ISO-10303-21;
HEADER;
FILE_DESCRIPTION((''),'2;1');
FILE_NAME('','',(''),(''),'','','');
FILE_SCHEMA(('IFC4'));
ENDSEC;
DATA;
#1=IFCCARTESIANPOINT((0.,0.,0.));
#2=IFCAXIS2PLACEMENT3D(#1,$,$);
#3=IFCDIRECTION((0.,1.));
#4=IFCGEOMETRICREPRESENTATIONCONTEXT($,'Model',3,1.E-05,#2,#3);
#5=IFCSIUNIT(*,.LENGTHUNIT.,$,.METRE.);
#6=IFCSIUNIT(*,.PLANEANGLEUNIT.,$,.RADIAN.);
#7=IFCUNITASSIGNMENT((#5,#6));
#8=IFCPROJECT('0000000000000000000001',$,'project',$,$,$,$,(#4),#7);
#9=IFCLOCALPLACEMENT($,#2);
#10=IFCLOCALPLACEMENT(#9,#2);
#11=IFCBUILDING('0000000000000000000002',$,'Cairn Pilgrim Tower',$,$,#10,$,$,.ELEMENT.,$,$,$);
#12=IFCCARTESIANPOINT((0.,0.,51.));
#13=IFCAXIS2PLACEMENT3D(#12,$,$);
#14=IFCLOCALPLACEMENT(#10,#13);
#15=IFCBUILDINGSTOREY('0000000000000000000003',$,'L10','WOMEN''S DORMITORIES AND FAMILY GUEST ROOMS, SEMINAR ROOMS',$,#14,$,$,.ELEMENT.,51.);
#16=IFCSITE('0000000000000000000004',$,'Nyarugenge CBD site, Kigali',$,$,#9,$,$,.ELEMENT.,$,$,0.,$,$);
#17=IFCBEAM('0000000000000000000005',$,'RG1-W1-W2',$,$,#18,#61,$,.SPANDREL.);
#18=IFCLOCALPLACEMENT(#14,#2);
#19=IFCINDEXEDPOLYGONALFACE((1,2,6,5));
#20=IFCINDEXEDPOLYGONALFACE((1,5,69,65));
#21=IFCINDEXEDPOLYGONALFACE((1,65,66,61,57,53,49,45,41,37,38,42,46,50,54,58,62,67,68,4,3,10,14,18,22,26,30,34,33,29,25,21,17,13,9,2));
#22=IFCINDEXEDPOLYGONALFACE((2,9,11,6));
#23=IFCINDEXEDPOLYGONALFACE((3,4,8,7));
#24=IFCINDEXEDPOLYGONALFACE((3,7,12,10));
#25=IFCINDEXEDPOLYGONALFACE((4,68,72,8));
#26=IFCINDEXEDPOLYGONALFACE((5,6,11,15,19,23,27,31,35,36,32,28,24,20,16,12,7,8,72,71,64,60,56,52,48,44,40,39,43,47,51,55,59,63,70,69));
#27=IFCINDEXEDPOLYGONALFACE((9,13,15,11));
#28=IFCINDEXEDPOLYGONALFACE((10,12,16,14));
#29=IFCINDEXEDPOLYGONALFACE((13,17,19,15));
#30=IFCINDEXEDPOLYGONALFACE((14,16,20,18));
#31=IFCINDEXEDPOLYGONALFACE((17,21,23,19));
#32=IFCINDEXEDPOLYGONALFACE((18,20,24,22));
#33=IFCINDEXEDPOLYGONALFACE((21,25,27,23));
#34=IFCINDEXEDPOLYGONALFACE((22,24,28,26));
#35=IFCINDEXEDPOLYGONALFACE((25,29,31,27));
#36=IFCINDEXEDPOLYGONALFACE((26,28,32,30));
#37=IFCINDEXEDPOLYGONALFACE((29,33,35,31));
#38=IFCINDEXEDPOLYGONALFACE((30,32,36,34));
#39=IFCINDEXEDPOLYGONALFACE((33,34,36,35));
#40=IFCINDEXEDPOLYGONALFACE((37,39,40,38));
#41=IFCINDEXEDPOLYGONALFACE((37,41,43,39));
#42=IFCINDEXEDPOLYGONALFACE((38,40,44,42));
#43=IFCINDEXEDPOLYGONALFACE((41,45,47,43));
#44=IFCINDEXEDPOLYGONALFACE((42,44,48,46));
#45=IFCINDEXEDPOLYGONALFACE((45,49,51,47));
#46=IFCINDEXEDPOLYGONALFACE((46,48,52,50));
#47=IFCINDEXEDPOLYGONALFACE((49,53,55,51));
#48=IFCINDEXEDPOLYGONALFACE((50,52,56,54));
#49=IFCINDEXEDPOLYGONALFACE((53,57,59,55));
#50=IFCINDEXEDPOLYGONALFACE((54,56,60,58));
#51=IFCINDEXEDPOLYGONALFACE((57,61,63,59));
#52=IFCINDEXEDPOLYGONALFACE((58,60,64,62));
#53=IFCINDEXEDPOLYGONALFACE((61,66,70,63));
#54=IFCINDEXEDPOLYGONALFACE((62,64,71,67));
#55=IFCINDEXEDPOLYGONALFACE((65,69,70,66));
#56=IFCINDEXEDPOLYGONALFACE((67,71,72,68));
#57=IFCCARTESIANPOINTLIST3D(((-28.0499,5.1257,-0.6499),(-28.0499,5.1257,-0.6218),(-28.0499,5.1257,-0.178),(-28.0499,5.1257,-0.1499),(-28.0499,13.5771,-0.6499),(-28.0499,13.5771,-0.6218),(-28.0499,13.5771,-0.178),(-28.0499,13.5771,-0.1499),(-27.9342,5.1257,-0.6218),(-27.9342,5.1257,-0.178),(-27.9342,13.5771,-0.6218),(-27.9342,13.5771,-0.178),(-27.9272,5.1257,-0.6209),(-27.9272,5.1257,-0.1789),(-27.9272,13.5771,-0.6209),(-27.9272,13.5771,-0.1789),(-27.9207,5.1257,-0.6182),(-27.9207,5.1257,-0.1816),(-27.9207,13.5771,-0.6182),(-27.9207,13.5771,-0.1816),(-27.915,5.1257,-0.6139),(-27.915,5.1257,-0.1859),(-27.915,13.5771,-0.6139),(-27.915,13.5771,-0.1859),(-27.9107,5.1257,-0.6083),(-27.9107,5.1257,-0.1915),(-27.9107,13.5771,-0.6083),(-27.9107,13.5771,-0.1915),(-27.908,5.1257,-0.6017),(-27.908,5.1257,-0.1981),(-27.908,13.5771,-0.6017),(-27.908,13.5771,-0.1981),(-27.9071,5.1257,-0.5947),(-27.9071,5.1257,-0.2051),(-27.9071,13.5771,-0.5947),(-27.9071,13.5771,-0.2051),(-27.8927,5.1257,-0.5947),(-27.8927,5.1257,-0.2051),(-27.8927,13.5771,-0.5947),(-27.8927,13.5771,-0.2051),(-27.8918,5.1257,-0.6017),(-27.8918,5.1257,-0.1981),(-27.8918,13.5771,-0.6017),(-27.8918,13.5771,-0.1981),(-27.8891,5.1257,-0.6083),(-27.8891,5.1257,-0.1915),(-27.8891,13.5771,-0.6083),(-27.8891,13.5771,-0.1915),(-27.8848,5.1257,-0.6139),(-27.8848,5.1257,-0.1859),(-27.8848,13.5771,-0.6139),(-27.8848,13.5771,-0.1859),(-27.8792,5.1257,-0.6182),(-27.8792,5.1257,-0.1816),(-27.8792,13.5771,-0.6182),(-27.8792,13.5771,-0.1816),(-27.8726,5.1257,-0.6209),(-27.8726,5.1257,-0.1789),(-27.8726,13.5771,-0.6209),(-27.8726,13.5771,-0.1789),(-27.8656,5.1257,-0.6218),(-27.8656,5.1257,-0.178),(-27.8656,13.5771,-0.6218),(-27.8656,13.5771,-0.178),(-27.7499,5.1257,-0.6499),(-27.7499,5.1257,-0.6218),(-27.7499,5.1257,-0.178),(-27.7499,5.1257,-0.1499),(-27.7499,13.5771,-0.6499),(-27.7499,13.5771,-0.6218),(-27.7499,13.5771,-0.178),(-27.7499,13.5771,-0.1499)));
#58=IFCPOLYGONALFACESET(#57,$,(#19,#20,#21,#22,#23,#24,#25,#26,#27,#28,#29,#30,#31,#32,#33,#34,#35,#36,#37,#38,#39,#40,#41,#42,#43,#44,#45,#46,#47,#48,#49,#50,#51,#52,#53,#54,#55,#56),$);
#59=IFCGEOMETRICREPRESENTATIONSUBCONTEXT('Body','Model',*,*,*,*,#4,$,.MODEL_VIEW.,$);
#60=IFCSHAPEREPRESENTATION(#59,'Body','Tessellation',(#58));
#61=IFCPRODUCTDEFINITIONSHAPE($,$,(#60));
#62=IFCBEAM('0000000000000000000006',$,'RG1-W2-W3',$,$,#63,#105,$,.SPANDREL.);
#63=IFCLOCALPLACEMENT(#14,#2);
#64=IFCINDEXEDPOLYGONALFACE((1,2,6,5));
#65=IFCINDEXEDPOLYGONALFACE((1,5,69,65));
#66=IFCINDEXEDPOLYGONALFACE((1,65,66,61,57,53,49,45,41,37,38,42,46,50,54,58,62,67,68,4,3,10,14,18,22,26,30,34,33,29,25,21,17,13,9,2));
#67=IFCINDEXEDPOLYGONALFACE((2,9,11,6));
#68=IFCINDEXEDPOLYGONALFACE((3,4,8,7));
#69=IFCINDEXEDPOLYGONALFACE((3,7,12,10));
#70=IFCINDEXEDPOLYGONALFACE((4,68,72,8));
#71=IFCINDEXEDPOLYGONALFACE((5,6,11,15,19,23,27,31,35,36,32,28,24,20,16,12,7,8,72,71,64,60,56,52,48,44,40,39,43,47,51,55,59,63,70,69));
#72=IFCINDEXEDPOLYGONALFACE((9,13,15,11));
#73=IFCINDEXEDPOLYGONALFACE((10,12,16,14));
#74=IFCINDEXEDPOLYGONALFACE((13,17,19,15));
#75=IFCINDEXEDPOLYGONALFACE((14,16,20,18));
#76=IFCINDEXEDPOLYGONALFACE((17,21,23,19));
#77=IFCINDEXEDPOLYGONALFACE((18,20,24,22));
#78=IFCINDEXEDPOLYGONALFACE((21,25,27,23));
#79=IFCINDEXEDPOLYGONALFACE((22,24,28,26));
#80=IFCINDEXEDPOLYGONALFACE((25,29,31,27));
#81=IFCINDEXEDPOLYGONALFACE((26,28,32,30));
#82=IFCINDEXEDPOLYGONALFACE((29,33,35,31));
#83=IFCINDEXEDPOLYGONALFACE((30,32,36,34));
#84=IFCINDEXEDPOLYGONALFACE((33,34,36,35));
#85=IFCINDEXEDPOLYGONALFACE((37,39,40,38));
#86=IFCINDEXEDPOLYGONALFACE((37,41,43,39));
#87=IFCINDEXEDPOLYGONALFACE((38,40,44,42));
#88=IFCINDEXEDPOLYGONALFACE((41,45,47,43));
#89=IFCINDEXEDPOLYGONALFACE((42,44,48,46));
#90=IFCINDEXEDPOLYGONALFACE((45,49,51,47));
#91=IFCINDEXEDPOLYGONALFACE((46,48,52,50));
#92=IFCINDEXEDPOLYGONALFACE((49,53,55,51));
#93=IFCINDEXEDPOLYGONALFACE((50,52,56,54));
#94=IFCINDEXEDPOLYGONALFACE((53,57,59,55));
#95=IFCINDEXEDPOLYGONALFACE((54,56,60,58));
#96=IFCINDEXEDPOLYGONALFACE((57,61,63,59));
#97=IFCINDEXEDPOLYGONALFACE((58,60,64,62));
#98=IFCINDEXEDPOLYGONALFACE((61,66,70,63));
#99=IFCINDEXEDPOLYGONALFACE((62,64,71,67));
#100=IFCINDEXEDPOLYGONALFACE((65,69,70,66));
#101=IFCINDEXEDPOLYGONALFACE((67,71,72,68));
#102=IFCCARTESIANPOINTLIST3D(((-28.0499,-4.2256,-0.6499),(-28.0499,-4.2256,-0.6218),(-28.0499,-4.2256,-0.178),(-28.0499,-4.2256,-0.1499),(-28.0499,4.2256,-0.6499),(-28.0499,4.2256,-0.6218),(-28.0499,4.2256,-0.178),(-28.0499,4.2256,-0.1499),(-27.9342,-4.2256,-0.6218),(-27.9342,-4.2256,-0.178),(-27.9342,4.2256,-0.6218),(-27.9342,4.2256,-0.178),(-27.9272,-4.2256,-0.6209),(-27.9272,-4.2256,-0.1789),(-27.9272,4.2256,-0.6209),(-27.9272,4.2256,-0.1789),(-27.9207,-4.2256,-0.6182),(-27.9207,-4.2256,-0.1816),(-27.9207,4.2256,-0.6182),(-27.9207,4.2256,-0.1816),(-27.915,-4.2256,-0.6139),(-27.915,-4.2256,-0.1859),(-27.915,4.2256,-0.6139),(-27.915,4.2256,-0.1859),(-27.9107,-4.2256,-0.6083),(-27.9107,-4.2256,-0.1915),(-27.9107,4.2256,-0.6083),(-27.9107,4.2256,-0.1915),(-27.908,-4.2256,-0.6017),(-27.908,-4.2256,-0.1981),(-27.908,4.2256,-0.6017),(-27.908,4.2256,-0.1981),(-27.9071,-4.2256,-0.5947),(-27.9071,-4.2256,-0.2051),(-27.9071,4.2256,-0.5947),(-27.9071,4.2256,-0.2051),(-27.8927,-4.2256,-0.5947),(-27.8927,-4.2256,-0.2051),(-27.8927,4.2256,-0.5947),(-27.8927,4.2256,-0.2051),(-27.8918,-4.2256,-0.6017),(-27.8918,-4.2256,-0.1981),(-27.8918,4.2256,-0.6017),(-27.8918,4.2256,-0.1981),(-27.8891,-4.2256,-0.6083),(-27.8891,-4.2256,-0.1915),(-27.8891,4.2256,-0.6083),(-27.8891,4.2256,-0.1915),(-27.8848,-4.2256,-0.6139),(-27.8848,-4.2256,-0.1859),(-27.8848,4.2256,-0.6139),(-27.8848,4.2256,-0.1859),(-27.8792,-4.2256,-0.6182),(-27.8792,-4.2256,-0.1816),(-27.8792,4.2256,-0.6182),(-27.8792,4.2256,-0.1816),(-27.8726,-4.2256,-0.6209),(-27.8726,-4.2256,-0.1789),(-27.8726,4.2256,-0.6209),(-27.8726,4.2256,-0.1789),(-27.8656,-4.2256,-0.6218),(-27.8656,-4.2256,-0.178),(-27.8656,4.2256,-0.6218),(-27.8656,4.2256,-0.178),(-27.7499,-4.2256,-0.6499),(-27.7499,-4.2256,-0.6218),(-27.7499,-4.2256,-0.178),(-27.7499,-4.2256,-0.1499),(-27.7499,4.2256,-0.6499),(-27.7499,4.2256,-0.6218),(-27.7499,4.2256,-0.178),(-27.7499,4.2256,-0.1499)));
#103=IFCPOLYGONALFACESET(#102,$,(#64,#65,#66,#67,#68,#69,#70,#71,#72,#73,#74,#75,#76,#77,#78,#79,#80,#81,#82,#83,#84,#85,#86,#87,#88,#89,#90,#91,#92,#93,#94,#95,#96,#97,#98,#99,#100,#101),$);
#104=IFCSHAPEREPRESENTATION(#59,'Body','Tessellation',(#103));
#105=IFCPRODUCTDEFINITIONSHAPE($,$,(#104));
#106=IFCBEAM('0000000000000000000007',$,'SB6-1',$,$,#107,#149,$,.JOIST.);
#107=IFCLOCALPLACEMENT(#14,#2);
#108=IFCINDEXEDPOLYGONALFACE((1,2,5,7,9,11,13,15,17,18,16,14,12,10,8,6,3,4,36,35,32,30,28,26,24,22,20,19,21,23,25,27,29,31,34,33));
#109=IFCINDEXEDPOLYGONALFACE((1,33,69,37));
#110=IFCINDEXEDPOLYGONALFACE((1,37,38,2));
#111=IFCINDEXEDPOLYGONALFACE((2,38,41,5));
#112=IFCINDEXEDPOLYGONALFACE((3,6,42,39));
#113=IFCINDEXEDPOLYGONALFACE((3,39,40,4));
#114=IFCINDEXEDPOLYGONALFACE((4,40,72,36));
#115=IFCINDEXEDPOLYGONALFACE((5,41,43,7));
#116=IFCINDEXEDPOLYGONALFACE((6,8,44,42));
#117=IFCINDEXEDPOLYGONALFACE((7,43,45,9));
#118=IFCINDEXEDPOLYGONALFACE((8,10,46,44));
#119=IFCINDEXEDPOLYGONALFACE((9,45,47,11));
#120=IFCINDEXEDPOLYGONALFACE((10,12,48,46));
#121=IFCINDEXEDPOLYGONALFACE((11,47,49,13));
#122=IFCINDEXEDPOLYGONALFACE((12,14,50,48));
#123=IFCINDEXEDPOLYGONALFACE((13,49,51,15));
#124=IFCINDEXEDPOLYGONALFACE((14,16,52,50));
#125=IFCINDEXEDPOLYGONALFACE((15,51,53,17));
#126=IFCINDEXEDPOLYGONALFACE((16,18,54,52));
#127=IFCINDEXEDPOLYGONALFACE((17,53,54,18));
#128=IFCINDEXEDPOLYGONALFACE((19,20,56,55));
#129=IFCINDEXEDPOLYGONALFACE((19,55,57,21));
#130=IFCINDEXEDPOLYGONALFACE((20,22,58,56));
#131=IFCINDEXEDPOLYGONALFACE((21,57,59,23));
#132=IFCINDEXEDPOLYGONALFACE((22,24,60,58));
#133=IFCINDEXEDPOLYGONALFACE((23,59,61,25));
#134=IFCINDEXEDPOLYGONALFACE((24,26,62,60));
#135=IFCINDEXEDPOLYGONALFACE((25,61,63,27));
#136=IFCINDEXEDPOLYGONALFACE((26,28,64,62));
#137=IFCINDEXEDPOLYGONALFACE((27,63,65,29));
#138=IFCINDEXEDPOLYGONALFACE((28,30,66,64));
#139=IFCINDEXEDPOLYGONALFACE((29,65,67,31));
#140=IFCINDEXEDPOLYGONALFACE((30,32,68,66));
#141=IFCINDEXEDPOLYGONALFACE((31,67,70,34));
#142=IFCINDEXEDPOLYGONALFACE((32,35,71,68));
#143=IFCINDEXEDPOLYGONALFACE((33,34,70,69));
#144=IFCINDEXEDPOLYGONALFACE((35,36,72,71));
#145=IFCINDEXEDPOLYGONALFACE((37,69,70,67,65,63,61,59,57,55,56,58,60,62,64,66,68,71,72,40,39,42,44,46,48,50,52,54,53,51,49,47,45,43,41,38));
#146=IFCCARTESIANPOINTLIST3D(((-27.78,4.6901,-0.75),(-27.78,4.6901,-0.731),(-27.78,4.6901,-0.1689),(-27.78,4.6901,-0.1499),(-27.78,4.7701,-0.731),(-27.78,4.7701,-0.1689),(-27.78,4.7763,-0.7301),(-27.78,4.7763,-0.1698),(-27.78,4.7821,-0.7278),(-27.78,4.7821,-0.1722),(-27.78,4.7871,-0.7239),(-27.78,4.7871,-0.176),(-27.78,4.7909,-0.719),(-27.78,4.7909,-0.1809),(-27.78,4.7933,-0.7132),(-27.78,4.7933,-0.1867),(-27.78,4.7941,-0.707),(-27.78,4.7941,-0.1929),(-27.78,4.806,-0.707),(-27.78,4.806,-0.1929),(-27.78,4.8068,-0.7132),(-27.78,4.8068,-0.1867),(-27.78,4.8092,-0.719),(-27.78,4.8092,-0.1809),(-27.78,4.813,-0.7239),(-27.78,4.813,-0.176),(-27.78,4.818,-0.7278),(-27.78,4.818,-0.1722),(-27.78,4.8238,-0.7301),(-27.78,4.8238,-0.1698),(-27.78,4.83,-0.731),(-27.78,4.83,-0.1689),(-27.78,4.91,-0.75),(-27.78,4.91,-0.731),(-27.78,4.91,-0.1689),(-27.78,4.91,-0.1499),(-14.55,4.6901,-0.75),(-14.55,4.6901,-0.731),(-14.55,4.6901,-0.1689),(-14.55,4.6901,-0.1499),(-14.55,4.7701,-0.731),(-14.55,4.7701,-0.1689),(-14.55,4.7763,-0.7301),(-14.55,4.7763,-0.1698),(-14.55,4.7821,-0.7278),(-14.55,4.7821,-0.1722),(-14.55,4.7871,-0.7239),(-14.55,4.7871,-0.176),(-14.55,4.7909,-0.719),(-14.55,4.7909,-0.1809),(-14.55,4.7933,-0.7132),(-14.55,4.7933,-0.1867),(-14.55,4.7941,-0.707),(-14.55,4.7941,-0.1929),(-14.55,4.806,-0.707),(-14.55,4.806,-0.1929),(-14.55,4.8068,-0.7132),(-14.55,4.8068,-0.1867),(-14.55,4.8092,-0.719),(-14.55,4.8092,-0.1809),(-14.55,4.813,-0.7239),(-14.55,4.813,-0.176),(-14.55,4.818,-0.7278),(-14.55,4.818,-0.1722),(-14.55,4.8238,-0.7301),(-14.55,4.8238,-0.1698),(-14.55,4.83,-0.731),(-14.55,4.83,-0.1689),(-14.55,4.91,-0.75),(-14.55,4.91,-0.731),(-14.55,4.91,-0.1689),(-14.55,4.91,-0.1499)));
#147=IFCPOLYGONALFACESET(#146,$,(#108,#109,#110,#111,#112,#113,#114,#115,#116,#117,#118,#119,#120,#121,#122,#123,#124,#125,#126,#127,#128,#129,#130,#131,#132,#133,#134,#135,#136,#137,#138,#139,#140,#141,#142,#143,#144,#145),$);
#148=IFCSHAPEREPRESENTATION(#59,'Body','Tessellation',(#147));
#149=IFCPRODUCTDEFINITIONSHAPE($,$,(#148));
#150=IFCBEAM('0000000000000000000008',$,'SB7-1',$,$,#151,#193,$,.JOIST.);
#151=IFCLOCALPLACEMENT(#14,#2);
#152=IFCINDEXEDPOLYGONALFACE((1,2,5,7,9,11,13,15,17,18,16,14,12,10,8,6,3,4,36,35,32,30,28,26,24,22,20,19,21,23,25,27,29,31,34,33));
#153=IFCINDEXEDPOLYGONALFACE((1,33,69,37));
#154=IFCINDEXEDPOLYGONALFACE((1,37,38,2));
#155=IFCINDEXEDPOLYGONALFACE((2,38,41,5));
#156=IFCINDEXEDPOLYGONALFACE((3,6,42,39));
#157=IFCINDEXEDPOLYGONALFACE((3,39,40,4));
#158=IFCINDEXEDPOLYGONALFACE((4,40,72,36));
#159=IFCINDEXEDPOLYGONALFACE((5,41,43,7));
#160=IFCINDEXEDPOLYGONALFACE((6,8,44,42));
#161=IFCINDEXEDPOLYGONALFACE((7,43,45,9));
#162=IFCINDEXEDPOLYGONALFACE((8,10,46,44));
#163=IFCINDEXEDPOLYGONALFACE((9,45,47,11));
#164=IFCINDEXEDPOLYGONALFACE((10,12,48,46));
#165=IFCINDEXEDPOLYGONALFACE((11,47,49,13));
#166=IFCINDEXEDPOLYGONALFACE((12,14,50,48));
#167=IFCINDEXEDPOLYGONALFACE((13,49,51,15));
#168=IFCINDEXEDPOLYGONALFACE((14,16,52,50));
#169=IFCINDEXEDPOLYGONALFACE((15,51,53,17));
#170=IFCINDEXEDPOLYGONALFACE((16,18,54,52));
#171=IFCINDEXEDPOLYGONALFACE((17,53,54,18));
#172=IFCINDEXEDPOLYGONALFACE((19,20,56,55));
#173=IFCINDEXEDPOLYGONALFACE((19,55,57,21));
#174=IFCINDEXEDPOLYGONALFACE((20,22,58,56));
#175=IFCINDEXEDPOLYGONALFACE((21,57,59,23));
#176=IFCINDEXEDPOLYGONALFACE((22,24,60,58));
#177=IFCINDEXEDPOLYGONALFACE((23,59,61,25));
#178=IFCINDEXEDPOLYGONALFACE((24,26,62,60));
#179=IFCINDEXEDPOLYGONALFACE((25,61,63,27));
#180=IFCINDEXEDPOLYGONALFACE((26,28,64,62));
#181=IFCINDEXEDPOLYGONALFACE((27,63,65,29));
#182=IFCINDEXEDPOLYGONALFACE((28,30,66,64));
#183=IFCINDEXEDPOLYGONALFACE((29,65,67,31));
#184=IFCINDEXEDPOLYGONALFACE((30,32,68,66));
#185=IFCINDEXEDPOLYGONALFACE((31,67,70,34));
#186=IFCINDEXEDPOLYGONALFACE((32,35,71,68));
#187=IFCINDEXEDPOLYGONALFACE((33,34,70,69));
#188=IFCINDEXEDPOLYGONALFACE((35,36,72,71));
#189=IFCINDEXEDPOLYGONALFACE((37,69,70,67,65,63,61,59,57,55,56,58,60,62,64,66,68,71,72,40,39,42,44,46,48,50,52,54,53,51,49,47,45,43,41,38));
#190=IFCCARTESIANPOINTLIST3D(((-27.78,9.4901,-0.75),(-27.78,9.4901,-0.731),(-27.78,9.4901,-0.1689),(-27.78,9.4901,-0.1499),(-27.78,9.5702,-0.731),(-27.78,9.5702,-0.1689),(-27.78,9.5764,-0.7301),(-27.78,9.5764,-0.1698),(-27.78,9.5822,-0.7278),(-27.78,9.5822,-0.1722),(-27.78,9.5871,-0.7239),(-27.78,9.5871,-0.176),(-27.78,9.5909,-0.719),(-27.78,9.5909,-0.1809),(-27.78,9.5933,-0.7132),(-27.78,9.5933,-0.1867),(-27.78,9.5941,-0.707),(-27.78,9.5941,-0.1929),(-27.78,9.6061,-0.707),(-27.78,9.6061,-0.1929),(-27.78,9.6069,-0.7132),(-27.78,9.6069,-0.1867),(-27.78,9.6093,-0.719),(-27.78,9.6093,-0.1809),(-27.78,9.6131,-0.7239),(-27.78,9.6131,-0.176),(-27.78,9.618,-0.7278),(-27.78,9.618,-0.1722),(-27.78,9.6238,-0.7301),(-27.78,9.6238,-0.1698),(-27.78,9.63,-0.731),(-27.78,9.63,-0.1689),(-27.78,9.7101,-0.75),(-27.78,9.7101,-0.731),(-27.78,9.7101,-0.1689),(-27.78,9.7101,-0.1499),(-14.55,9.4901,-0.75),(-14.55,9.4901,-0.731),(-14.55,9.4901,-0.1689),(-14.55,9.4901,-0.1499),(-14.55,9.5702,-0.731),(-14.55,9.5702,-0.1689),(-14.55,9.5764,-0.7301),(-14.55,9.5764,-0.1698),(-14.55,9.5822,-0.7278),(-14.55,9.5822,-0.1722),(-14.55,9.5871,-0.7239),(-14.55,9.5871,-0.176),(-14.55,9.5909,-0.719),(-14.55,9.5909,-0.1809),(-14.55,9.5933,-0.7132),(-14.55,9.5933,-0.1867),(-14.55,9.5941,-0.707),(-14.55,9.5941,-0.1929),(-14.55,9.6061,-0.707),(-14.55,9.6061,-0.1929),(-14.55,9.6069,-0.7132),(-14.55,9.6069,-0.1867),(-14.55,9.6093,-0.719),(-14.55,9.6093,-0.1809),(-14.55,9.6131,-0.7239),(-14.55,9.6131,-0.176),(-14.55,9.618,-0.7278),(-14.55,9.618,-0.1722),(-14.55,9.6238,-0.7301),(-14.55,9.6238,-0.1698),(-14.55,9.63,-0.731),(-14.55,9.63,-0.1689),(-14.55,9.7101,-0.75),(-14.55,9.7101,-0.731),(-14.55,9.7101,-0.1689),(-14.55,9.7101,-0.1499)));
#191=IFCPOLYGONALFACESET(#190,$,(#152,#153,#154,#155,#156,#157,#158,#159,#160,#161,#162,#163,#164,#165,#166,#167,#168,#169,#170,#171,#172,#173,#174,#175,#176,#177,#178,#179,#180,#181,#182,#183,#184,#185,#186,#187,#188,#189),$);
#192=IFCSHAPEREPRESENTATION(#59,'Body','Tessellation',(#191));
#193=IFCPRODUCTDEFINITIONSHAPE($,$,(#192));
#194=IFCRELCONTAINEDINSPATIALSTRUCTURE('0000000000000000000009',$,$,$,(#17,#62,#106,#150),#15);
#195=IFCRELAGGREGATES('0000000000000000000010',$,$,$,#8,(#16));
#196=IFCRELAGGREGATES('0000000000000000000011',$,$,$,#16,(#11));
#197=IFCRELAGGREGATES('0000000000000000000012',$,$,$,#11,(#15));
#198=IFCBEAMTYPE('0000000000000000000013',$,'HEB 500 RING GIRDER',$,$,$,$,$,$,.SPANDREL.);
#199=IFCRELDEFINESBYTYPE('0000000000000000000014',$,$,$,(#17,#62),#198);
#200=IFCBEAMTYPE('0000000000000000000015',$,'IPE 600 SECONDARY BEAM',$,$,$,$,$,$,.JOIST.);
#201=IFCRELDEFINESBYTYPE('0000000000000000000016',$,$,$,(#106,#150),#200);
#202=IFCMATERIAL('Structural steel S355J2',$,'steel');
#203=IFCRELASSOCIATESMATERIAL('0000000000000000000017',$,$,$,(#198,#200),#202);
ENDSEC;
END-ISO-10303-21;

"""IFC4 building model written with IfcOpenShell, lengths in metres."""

from ifc_helpers import new_model, si_unit, direction, frame, origin, origin_2d, place, context, subcontext, project, spatial, i_section, extrude, material, material_profile, profile_set, type_object, element, save


model = new_model("IFC4")

# Units and contexts
model_context = context("Model", 3, precision=1e-05, world=origin(), true_north=direction((0.0, 1.0)))
body_context = subcontext(model_context, "Body", "Model", "MODEL_VIEW")
ifc_project = project(units=[si_unit("LENGTHUNIT", "METRE"), si_unit("PLANEANGLEUNIT", "RADIAN")], contexts=[model_context])

# Site, building, storey
site_placement = place(None, origin())
site = spatial("IfcSite", under=ifc_project, at=site_placement, Name="Nyarugenge CBD site, Kigali", CompositionType="ELEMENT", RefElevation=0.0)
building_placement = place(site_placement, origin())
building = spatial("IfcBuilding", under=site, at=building_placement, Name="Cairn Pilgrim Tower", CompositionType="ELEMENT")
storey_placement = place(building_placement, frame((0.0, 0.0, 51.0)))
storey = spatial("IfcBuildingStorey", under=building, at=storey_placement, Name="L10", Description="WOMEN'S DORMITORIES AND FAMILY GUEST ROOMS, SEMINAR ROOMS", CompositionType="ELEMENT", Elevation=51.0)

# Beams
ifc_material_1 = material(Name="Structural steel S355J2", Category="steel")
ifc_material_profile_1 = material_profile(ifc_material_1, i_section(OverallWidth=0.3, OverallDepth=0.5, WebThickness=0.0144, FlangeThickness=0.0281, FilletRadius=0.0271, at=origin_2d()), Name="HEB 500")
ifc_profile_set_1 = profile_set([ifc_material_profile_1], Name="Structural steel S355J2")
beam_type_1 = type_object("IfcBeamType", Name="HEB 500 RING GIRDER", PredefinedType="SPANDREL", material=ifc_profile_set_1)
beam_1_placement = place(storey_placement, frame((-27.8999, 13.5771, -0.3999), z_axis=(0.0, -1.0, 0.0), x_axis=(1.0, 0.0, 0.0)))
element("IfcBeam", 1, at=beam_1_placement, inside=storey, type_object=beam_type_1, Name="RG1-W1-W2", PredefinedType="SPANDREL", context=body_context, shape_type="SweptSolid", body=[
    extrude(i_section(OverallWidth=0.3, OverallDepth=0.5, WebThickness=0.0144, FlangeThickness=0.0281, FilletRadius=0.0271, at=origin_2d()), origin(), (0.0, 0.0, 1.0), 8.4514),
])
beam_2_placement = place(storey_placement, frame((-27.8999, 4.2256, -0.3999), z_axis=(0.0, -1.0, 0.0), x_axis=(1.0, 0.0, 0.0)))
element("IfcBeam", 2, at=beam_2_placement, inside=storey, type_object=beam_type_1, Name="RG1-W2-W3", PredefinedType="SPANDREL", context=body_context, shape_type="SweptSolid", body=[
    extrude(i_section(OverallWidth=0.3, OverallDepth=0.5, WebThickness=0.0144, FlangeThickness=0.0281, FilletRadius=0.0271, at=origin_2d()), origin(), (0.0, 0.0, 1.0), 8.4512),
])
ifc_material_profile_2 = material_profile(ifc_material_1, i_section(OverallWidth=0.22, OverallDepth=0.6001, WebThickness=0.012, FlangeThickness=0.019, FilletRadius=0.0239, at=origin_2d()), Name="IPE 600")
ifc_profile_set_2 = profile_set([ifc_material_profile_2], Name="Structural steel S355J2")
beam_type_2 = type_object("IfcBeamType", Name="IPE 600 SECONDARY BEAM", PredefinedType="JOIST", material=ifc_profile_set_2)
for number, where, z_axis, x_axis, name in (
    (3, (-27.78, 4.8, -0.45), (1.0, 0.0, 0.0), (0.0, 1.0, 0.0), "SB6-1"),
    (4, (-27.78, 9.6001, -0.45), (1.0, 0.0, 0.0), (0.0, 1.0, 0.0), "SB7-1"),
):
    element("IfcBeam", number, at=place(storey_placement, frame(where, z_axis=z_axis, x_axis=x_axis)), inside=storey, type_object=beam_type_2, Name=name, PredefinedType="JOIST", context=body_context, shape_type="SweptSolid", body=[
        extrude(i_section(OverallWidth=0.22, OverallDepth=0.6001, WebThickness=0.012, FlangeThickness=0.019, FilletRadius=0.0239, at=origin_2d()), origin(), (0.0, 0.0, 1.0), 13.23),
    ])

save(model, "model.ifc")
